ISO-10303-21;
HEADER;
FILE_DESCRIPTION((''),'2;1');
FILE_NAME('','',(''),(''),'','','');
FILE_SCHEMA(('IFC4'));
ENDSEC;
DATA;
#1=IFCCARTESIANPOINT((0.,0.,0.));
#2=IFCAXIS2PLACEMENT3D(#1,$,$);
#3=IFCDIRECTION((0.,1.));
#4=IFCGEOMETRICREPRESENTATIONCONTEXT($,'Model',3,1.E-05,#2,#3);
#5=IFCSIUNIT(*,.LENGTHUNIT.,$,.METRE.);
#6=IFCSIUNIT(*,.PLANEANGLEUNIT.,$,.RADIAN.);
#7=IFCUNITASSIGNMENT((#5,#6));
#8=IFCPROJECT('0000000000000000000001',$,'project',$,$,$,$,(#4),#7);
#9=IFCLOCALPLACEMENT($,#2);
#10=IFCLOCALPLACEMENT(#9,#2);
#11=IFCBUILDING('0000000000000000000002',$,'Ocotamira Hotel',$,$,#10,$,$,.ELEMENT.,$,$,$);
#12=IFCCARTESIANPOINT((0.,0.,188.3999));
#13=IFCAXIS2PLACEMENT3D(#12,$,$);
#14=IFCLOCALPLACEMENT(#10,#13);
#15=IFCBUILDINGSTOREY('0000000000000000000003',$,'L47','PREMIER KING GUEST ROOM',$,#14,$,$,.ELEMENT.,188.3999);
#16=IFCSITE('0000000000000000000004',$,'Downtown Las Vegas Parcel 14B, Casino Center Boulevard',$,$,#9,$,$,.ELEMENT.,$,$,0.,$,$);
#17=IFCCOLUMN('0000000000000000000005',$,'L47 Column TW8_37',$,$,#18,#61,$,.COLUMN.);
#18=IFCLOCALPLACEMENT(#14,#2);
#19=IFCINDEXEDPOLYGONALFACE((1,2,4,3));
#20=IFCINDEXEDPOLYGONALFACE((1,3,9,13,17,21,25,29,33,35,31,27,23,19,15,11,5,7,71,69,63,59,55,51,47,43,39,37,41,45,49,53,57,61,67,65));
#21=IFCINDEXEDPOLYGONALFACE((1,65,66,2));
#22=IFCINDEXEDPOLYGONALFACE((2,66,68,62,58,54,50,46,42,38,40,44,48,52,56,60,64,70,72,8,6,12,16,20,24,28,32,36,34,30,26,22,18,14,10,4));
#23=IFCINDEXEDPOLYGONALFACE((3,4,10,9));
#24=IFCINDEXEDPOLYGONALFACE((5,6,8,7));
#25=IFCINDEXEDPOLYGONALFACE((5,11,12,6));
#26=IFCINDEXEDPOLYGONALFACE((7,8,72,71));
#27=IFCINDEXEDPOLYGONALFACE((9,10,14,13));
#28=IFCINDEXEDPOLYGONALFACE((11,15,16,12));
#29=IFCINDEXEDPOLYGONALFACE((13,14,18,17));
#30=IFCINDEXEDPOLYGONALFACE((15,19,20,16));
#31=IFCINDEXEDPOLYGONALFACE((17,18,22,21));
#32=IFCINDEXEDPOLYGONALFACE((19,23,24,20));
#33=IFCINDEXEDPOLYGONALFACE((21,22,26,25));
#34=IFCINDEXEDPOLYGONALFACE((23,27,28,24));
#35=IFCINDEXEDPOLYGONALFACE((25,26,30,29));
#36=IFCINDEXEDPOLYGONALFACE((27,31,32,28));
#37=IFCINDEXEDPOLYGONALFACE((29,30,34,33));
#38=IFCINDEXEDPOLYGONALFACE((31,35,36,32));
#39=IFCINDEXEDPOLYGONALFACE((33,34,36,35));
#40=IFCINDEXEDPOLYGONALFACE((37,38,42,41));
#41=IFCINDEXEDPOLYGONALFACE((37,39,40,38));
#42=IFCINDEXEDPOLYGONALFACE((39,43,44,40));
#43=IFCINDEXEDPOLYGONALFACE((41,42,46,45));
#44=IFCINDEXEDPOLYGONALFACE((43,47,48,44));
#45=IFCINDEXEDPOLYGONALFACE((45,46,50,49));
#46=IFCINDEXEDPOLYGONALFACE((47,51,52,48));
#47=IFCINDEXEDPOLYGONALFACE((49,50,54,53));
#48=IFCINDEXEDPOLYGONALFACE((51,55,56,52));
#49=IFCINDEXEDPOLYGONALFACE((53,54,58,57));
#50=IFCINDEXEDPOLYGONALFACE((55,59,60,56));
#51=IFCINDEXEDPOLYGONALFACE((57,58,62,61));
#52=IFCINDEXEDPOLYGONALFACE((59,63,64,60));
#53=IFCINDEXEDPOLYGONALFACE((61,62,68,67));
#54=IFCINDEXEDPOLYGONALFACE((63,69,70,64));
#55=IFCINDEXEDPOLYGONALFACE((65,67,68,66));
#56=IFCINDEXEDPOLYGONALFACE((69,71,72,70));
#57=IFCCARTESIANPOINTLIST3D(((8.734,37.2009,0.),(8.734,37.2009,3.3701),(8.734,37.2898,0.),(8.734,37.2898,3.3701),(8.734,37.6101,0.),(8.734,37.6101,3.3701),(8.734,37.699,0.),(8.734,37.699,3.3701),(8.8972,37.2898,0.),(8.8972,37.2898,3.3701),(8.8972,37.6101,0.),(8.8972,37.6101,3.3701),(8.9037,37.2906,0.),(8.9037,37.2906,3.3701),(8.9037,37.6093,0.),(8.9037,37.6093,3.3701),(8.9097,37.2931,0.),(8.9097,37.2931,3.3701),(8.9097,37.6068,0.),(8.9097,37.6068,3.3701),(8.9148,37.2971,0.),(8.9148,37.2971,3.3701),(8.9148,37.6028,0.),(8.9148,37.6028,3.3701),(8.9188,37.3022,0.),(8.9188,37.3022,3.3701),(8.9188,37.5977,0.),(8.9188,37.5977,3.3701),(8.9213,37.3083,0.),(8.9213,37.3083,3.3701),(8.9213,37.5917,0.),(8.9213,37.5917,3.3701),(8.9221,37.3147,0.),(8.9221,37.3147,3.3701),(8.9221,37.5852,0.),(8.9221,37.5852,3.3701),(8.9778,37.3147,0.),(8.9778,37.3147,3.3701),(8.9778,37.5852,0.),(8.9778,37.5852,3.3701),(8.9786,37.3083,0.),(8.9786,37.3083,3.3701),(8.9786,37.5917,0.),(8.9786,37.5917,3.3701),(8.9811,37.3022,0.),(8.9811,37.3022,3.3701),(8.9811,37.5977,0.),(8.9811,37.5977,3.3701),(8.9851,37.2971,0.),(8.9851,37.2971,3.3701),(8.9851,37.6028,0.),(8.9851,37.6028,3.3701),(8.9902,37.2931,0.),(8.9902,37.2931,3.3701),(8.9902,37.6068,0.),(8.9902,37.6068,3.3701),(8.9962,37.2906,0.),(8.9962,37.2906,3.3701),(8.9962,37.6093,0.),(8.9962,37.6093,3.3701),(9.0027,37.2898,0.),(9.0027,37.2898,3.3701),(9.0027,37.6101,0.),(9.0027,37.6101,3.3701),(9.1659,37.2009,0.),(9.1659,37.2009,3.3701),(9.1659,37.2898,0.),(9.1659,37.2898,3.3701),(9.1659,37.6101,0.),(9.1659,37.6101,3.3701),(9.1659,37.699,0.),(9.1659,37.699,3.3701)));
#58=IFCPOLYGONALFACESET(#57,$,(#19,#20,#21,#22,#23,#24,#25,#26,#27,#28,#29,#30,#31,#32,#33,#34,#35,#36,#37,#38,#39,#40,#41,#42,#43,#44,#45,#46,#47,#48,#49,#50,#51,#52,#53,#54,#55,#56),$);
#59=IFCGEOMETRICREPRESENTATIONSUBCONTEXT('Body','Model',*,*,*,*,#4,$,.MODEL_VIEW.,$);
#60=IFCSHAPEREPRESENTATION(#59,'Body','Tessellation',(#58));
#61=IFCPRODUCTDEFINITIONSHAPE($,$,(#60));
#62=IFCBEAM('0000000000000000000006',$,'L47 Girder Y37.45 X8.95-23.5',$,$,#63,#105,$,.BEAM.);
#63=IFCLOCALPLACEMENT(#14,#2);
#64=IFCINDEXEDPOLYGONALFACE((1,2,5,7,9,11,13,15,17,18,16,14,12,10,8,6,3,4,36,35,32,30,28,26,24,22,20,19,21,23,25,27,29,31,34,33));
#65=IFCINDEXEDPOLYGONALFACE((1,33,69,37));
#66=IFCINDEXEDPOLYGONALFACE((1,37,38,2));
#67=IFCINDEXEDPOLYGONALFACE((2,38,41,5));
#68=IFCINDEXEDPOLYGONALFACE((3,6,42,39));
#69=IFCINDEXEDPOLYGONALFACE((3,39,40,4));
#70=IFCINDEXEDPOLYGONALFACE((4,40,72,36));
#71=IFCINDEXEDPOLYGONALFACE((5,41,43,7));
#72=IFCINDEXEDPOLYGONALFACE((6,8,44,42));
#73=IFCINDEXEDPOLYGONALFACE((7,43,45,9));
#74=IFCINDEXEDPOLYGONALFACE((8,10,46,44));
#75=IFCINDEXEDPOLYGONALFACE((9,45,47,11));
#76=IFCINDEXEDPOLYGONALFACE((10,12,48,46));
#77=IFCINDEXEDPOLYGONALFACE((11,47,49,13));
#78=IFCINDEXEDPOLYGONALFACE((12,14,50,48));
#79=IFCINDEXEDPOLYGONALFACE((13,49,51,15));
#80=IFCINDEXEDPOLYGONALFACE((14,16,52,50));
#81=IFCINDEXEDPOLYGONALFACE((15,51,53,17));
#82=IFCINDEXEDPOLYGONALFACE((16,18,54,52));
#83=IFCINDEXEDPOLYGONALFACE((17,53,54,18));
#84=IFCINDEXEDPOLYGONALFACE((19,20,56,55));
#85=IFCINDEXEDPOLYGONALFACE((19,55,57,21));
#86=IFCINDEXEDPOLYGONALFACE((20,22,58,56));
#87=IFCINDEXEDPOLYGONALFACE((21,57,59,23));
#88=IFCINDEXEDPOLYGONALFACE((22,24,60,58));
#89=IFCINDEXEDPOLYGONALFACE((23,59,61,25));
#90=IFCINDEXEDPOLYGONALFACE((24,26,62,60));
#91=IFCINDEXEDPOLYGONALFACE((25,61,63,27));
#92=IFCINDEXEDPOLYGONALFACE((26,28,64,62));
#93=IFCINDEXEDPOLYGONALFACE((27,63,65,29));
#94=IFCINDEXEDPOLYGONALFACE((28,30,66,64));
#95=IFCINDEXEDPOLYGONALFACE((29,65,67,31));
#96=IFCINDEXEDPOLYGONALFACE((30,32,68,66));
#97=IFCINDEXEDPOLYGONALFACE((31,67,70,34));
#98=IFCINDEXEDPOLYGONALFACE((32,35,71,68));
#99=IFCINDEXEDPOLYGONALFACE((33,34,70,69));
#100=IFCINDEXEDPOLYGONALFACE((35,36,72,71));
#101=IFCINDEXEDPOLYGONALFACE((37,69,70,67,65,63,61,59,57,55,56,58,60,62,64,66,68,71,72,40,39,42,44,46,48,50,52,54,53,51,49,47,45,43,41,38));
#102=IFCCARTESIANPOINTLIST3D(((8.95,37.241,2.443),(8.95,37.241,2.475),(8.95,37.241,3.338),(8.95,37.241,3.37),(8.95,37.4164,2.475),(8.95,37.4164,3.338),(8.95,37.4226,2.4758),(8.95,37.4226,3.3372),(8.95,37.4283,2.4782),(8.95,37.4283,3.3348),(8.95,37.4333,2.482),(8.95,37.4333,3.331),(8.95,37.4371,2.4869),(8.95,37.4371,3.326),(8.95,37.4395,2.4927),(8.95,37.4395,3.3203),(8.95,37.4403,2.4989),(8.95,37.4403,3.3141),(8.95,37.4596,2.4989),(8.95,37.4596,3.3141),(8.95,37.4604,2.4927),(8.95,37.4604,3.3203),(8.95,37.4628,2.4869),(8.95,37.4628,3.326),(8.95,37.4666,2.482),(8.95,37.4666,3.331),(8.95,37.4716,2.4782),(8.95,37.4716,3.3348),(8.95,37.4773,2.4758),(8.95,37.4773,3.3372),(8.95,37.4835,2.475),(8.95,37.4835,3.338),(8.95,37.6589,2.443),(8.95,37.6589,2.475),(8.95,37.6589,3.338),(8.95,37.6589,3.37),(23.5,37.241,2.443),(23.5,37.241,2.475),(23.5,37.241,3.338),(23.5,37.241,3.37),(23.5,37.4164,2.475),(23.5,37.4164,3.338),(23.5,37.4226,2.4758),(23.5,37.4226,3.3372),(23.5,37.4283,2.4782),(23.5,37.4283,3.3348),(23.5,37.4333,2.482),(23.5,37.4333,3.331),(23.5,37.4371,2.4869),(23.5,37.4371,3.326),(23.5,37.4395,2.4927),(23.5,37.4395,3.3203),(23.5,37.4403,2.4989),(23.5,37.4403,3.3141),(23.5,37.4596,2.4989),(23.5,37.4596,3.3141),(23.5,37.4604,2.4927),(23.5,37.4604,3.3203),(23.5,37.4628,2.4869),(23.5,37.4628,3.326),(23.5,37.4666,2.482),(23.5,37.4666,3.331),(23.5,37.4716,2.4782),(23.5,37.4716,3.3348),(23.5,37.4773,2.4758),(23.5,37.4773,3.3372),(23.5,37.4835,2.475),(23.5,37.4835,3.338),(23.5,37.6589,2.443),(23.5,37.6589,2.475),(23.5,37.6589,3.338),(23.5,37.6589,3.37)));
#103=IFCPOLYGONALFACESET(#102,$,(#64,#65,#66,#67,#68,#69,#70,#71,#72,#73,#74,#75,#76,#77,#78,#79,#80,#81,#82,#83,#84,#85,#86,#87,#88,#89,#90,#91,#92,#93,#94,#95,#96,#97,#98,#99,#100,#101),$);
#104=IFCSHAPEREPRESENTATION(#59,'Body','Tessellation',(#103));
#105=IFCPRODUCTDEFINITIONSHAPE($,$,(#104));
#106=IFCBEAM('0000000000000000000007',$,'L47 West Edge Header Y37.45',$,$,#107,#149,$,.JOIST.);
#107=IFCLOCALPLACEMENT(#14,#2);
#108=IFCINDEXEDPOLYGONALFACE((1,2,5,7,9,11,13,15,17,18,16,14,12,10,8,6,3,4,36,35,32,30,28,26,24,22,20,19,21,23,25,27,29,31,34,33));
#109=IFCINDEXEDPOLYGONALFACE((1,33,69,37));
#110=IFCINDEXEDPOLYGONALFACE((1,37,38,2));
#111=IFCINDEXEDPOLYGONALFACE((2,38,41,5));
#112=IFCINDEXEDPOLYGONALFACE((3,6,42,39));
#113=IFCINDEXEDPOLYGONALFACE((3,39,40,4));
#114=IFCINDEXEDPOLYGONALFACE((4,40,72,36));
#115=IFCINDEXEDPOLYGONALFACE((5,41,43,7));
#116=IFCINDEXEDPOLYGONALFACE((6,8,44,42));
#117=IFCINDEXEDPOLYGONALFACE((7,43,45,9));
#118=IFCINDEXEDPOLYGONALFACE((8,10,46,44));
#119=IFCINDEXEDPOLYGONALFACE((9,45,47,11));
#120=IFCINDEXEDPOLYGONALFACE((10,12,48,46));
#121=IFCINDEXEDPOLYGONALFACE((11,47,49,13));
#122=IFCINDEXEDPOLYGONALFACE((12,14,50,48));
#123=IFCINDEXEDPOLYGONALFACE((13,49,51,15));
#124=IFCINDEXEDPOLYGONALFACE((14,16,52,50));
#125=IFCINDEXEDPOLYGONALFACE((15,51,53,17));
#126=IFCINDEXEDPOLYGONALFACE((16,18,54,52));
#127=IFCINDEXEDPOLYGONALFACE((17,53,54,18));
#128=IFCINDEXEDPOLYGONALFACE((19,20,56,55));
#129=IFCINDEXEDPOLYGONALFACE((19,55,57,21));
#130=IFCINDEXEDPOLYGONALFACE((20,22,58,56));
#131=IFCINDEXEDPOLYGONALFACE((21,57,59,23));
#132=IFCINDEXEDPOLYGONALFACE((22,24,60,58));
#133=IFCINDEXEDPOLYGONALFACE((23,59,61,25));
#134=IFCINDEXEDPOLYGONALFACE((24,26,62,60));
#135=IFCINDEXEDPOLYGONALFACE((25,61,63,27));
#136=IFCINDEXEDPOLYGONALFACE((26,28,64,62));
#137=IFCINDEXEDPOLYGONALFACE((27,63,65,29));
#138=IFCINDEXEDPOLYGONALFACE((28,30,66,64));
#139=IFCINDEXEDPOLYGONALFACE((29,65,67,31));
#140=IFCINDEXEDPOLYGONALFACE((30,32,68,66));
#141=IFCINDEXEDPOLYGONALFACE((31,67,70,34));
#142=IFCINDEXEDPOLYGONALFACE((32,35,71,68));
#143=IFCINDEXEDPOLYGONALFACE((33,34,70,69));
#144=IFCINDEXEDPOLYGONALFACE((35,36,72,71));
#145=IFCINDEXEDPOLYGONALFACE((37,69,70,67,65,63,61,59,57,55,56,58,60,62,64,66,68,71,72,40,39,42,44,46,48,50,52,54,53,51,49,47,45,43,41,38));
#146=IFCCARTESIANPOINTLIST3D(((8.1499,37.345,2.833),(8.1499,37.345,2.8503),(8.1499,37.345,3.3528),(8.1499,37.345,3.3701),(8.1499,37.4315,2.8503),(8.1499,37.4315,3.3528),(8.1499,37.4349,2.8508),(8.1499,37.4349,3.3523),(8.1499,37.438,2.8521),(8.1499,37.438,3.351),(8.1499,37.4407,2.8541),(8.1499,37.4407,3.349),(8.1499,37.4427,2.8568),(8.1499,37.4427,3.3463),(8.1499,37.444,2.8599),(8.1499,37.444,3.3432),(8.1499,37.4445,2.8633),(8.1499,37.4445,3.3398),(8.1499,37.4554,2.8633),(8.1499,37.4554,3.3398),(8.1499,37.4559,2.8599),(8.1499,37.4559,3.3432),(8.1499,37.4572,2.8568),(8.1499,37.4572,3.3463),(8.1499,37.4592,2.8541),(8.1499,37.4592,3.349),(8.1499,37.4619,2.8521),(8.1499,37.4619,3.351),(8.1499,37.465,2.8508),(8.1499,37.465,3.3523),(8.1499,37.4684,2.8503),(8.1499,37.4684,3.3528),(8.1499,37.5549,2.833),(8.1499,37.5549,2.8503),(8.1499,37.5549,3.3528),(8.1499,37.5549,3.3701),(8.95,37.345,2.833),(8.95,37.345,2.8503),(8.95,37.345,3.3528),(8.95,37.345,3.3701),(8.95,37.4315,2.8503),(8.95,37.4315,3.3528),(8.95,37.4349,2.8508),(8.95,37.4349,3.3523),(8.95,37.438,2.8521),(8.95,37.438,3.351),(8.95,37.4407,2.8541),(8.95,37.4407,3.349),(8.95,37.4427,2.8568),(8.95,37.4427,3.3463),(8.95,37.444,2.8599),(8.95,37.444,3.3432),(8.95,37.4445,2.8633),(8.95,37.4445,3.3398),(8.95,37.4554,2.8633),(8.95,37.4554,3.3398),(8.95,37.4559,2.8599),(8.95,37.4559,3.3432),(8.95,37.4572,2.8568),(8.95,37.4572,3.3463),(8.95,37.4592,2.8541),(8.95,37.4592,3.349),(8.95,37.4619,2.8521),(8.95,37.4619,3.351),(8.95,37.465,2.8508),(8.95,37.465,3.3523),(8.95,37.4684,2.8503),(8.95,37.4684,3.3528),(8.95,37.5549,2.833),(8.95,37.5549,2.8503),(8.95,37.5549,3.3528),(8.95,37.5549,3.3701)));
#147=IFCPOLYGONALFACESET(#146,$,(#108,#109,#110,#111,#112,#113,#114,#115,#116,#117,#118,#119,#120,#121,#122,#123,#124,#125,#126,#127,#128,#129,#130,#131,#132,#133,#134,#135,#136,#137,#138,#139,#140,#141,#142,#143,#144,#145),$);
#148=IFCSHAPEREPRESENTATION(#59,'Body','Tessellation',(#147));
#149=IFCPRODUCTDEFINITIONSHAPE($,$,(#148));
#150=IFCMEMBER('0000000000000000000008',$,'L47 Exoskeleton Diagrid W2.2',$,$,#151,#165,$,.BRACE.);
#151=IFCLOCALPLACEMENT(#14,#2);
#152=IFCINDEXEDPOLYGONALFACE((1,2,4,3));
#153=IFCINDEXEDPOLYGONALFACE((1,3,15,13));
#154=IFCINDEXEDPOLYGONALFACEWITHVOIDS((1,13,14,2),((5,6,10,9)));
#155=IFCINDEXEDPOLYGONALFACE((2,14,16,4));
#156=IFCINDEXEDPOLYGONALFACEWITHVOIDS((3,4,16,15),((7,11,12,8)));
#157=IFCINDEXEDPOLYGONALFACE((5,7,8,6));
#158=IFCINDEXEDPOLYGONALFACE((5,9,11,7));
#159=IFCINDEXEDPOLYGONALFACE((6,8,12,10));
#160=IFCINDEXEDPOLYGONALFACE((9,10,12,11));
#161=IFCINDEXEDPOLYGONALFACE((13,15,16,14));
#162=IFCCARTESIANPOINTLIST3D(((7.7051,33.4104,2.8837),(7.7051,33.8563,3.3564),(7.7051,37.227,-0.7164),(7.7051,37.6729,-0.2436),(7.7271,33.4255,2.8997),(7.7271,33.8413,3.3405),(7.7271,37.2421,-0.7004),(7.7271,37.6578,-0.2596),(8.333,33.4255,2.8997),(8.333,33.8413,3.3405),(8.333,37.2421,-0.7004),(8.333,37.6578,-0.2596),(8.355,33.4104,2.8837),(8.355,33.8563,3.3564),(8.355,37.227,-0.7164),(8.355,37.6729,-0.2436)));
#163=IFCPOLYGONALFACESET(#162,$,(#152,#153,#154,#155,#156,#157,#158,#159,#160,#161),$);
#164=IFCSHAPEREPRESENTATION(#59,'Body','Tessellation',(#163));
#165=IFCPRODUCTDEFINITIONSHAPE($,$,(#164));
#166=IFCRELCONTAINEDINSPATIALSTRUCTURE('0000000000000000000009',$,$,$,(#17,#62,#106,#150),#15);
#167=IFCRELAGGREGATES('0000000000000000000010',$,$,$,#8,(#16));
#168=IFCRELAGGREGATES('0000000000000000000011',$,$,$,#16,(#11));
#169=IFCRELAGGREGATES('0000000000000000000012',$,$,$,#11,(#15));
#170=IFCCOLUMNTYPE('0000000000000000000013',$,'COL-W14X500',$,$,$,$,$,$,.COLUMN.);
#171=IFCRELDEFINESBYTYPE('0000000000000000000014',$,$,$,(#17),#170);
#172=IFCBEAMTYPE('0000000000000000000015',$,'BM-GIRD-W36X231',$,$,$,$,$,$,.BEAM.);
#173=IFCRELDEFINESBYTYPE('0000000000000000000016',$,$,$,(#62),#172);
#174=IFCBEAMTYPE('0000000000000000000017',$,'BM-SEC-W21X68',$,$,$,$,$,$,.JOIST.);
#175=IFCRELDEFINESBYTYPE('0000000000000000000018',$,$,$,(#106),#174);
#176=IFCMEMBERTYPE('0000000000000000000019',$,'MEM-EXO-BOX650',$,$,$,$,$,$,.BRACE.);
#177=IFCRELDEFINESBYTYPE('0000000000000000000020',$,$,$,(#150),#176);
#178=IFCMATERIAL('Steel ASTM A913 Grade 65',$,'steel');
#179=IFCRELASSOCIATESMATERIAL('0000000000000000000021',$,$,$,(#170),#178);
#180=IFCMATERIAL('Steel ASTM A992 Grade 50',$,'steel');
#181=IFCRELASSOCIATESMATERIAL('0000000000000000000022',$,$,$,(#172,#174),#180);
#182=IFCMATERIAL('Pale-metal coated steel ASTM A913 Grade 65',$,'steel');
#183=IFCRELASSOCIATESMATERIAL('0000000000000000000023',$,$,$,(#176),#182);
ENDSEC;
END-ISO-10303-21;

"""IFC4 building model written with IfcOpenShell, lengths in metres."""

from ifc_helpers import new_model, si_unit, direction, frame, origin, origin_2d, place, context, subcontext, project, spatial, hollow_rectangle, i_section, extrude, source, transform, mapped, material, material_profile, profile_set, type_object, element, save


model = new_model("IFC4")

# Units and contexts
model_context = context("Model", 3, precision=1e-05, world=origin(), true_north=direction((0.0, 1.0)))
body_context = subcontext(model_context, "Body", "Model", "MODEL_VIEW")
ifc_project = project(units=[si_unit("LENGTHUNIT", "METRE"), si_unit("PLANEANGLEUNIT", "RADIAN")], contexts=[model_context])

# Site, building, storey
site_placement = place(None, origin())
site = spatial("IfcSite", under=ifc_project, at=site_placement, Name="Downtown Las Vegas Parcel 14B, Casino Center Boulevard", CompositionType="ELEMENT", RefElevation=0.0)
building_placement = place(site_placement, origin())
building = spatial("IfcBuilding", under=site, at=building_placement, Name="Ocotamira Hotel", CompositionType="ELEMENT")
storey_placement = place(building_placement, frame((0.0, 0.0, 188.3999)))
storey = spatial("IfcBuildingStorey", under=building, at=storey_placement, Name="L47", Description="PREMIER KING GUEST ROOM", CompositionType="ELEMENT", Elevation=188.3999)

# Column
ifc_material_1 = material(Name="Steel ASTM A913 Grade 65", Category="steel")
ifc_material_profile_1 = material_profile(ifc_material_1, i_section(OverallWidth=0.4319, OverallDepth=0.498, WebThickness=0.0557, FlangeThickness=0.0889, FilletRadius=0.0249, at=origin_2d()), Name="W14X500")
ifc_profile_set_1 = profile_set([ifc_material_profile_1], Name="Steel ASTM A913 Grade 65")
column_type = type_object("IfcColumnType", Name="COL-W14X500", PredefinedType="COLUMN", material=ifc_profile_set_1)
shared_shape_1 = source(origin(), body_context, "Body", "SweptSolid", [
    extrude(i_section(OverallWidth=0.4319, OverallDepth=0.498, WebThickness=0.0557, FlangeThickness=0.0889, FilletRadius=0.0249, at=origin_2d()), origin(), (0.0, 0.0, 1.0), 3.3701),
])
column_placement = place(storey_placement, frame((8.95, 37.45, 0.0), z_axis=(0.0, 0.0, 1.0), x_axis=(1.0, 0.0, 0.0)))
element("IfcColumn", 1, at=column_placement, inside=storey, type_object=column_type, Name="L47 Column TW8_37", PredefinedType="COLUMN", context=body_context, shape_type="MappedRepresentation", body=[
    mapped(shared_shape_1, transform((0.0, 0.0, 0.0), scale=1.0)),
])

# Beams
ifc_material_2 = material(Name="Steel ASTM A992 Grade 50", Category="steel")
ifc_material_profile_2 = material_profile(ifc_material_2, i_section(OverallWidth=0.418, OverallDepth=0.927, WebThickness=0.0193, FlangeThickness=0.032, FilletRadius=0.0239, at=origin_2d()), Name="W36X231")
ifc_profile_set_2 = profile_set([ifc_material_profile_2], Name="Steel ASTM A992 Grade 50")
beam_type_1 = type_object("IfcBeamType", Name="BM-GIRD-W36X231", PredefinedType="BEAM", material=ifc_profile_set_2)
shared_shape_2 = source(origin(), body_context, "Body", "SweptSolid", [
    extrude(i_section(OverallWidth=0.418, OverallDepth=0.927, WebThickness=0.0193, FlangeThickness=0.032, FilletRadius=0.0239, at=origin_2d()), origin(), (0.0, 0.0, 1.0), 14.55),
])
beam_1_placement = place(storey_placement, frame((8.95, 37.45, 2.9065), z_axis=(1.0, 0.0, 0.0), x_axis=(0.0, 1.0, 0.0)))
element("IfcBeam", 2, at=beam_1_placement, inside=storey, type_object=beam_type_1, Name="L47 Girder Y37.45 X8.95-23.5", PredefinedType="BEAM", context=body_context, shape_type="MappedRepresentation", body=[
    mapped(shared_shape_2, transform((0.0, 0.0, 0.0), scale=1.0)),
])
ifc_material_profile_3 = material_profile(ifc_material_2, i_section(OverallWidth=0.21, OverallDepth=0.5371, WebThickness=0.011, FlangeThickness=0.0173, FilletRadius=0.0129, at=origin_2d()), Name="W21X68")
ifc_profile_set_3 = profile_set([ifc_material_profile_3], Name="Steel ASTM A992 Grade 50")
beam_type_2 = type_object("IfcBeamType", Name="BM-SEC-W21X68", PredefinedType="JOIST", material=ifc_profile_set_3)
shared_shape_3 = source(origin(), body_context, "Body", "SweptSolid", [
    extrude(i_section(OverallWidth=0.21, OverallDepth=0.5371, WebThickness=0.011, FlangeThickness=0.0173, FilletRadius=0.0129, at=origin_2d()), origin(), (0.0, 0.0, 1.0), 0.8),
])
beam_2_placement = place(storey_placement, frame((8.95, 37.45, 3.1016), z_axis=(-1.0, 0.0, 0.0), x_axis=(0.0, -1.0, 0.0)))
element("IfcBeam", 3, at=beam_2_placement, inside=storey, type_object=beam_type_2, Name="L47 West Edge Header Y37.45", PredefinedType="JOIST", context=body_context, shape_type="MappedRepresentation", body=[
    mapped(shared_shape_3, transform((0.0, 0.0, 0.0), scale=1.0)),
])

# Member
ifc_material_3 = material(Name="Pale-metal coated steel ASTM A913 Grade 65", Category="steel")
ifc_material_profile_4 = material_profile(ifc_material_3, hollow_rectangle(XDim=0.6499, YDim=0.6499, WallThickness=0.022, at=origin_2d()), Name="BOX650X650X22")
ifc_profile_set_4 = profile_set([ifc_material_profile_4], Name="Pale-metal coated steel ASTM A913 Grade 65")
member_type_1 = type_object("IfcMemberType", Name="MEM-EXO-BOX650", PredefinedType="BRACE", material=ifc_profile_set_4)
shared_shape_4 = source(origin(), body_context, "Body", "SweptSolid", [
    extrude(hollow_rectangle(XDim=0.6499, YDim=0.6499, WallThickness=0.022, at=origin_2d()), origin(), (0.0, 0.0, 1.0), 5.2466),
])
member_1_placement = place(storey_placement, frame((8.03, 37.45, -0.48), z_axis=(0.0, -0.727443, 0.686168), x_axis=(1.0, 0.0, 0.0)))
element("IfcMember", 4, at=member_1_placement, inside=storey, type_object=member_type_1, Name="L47 Exoskeleton Diagrid W2.2", PredefinedType="BRACE", context=body_context, shape_type="MappedRepresentation", body=[
    mapped(shared_shape_4, transform((0.0, 0.0, 0.0), scale=1.0)),
])

save(model, "model.ifc")
